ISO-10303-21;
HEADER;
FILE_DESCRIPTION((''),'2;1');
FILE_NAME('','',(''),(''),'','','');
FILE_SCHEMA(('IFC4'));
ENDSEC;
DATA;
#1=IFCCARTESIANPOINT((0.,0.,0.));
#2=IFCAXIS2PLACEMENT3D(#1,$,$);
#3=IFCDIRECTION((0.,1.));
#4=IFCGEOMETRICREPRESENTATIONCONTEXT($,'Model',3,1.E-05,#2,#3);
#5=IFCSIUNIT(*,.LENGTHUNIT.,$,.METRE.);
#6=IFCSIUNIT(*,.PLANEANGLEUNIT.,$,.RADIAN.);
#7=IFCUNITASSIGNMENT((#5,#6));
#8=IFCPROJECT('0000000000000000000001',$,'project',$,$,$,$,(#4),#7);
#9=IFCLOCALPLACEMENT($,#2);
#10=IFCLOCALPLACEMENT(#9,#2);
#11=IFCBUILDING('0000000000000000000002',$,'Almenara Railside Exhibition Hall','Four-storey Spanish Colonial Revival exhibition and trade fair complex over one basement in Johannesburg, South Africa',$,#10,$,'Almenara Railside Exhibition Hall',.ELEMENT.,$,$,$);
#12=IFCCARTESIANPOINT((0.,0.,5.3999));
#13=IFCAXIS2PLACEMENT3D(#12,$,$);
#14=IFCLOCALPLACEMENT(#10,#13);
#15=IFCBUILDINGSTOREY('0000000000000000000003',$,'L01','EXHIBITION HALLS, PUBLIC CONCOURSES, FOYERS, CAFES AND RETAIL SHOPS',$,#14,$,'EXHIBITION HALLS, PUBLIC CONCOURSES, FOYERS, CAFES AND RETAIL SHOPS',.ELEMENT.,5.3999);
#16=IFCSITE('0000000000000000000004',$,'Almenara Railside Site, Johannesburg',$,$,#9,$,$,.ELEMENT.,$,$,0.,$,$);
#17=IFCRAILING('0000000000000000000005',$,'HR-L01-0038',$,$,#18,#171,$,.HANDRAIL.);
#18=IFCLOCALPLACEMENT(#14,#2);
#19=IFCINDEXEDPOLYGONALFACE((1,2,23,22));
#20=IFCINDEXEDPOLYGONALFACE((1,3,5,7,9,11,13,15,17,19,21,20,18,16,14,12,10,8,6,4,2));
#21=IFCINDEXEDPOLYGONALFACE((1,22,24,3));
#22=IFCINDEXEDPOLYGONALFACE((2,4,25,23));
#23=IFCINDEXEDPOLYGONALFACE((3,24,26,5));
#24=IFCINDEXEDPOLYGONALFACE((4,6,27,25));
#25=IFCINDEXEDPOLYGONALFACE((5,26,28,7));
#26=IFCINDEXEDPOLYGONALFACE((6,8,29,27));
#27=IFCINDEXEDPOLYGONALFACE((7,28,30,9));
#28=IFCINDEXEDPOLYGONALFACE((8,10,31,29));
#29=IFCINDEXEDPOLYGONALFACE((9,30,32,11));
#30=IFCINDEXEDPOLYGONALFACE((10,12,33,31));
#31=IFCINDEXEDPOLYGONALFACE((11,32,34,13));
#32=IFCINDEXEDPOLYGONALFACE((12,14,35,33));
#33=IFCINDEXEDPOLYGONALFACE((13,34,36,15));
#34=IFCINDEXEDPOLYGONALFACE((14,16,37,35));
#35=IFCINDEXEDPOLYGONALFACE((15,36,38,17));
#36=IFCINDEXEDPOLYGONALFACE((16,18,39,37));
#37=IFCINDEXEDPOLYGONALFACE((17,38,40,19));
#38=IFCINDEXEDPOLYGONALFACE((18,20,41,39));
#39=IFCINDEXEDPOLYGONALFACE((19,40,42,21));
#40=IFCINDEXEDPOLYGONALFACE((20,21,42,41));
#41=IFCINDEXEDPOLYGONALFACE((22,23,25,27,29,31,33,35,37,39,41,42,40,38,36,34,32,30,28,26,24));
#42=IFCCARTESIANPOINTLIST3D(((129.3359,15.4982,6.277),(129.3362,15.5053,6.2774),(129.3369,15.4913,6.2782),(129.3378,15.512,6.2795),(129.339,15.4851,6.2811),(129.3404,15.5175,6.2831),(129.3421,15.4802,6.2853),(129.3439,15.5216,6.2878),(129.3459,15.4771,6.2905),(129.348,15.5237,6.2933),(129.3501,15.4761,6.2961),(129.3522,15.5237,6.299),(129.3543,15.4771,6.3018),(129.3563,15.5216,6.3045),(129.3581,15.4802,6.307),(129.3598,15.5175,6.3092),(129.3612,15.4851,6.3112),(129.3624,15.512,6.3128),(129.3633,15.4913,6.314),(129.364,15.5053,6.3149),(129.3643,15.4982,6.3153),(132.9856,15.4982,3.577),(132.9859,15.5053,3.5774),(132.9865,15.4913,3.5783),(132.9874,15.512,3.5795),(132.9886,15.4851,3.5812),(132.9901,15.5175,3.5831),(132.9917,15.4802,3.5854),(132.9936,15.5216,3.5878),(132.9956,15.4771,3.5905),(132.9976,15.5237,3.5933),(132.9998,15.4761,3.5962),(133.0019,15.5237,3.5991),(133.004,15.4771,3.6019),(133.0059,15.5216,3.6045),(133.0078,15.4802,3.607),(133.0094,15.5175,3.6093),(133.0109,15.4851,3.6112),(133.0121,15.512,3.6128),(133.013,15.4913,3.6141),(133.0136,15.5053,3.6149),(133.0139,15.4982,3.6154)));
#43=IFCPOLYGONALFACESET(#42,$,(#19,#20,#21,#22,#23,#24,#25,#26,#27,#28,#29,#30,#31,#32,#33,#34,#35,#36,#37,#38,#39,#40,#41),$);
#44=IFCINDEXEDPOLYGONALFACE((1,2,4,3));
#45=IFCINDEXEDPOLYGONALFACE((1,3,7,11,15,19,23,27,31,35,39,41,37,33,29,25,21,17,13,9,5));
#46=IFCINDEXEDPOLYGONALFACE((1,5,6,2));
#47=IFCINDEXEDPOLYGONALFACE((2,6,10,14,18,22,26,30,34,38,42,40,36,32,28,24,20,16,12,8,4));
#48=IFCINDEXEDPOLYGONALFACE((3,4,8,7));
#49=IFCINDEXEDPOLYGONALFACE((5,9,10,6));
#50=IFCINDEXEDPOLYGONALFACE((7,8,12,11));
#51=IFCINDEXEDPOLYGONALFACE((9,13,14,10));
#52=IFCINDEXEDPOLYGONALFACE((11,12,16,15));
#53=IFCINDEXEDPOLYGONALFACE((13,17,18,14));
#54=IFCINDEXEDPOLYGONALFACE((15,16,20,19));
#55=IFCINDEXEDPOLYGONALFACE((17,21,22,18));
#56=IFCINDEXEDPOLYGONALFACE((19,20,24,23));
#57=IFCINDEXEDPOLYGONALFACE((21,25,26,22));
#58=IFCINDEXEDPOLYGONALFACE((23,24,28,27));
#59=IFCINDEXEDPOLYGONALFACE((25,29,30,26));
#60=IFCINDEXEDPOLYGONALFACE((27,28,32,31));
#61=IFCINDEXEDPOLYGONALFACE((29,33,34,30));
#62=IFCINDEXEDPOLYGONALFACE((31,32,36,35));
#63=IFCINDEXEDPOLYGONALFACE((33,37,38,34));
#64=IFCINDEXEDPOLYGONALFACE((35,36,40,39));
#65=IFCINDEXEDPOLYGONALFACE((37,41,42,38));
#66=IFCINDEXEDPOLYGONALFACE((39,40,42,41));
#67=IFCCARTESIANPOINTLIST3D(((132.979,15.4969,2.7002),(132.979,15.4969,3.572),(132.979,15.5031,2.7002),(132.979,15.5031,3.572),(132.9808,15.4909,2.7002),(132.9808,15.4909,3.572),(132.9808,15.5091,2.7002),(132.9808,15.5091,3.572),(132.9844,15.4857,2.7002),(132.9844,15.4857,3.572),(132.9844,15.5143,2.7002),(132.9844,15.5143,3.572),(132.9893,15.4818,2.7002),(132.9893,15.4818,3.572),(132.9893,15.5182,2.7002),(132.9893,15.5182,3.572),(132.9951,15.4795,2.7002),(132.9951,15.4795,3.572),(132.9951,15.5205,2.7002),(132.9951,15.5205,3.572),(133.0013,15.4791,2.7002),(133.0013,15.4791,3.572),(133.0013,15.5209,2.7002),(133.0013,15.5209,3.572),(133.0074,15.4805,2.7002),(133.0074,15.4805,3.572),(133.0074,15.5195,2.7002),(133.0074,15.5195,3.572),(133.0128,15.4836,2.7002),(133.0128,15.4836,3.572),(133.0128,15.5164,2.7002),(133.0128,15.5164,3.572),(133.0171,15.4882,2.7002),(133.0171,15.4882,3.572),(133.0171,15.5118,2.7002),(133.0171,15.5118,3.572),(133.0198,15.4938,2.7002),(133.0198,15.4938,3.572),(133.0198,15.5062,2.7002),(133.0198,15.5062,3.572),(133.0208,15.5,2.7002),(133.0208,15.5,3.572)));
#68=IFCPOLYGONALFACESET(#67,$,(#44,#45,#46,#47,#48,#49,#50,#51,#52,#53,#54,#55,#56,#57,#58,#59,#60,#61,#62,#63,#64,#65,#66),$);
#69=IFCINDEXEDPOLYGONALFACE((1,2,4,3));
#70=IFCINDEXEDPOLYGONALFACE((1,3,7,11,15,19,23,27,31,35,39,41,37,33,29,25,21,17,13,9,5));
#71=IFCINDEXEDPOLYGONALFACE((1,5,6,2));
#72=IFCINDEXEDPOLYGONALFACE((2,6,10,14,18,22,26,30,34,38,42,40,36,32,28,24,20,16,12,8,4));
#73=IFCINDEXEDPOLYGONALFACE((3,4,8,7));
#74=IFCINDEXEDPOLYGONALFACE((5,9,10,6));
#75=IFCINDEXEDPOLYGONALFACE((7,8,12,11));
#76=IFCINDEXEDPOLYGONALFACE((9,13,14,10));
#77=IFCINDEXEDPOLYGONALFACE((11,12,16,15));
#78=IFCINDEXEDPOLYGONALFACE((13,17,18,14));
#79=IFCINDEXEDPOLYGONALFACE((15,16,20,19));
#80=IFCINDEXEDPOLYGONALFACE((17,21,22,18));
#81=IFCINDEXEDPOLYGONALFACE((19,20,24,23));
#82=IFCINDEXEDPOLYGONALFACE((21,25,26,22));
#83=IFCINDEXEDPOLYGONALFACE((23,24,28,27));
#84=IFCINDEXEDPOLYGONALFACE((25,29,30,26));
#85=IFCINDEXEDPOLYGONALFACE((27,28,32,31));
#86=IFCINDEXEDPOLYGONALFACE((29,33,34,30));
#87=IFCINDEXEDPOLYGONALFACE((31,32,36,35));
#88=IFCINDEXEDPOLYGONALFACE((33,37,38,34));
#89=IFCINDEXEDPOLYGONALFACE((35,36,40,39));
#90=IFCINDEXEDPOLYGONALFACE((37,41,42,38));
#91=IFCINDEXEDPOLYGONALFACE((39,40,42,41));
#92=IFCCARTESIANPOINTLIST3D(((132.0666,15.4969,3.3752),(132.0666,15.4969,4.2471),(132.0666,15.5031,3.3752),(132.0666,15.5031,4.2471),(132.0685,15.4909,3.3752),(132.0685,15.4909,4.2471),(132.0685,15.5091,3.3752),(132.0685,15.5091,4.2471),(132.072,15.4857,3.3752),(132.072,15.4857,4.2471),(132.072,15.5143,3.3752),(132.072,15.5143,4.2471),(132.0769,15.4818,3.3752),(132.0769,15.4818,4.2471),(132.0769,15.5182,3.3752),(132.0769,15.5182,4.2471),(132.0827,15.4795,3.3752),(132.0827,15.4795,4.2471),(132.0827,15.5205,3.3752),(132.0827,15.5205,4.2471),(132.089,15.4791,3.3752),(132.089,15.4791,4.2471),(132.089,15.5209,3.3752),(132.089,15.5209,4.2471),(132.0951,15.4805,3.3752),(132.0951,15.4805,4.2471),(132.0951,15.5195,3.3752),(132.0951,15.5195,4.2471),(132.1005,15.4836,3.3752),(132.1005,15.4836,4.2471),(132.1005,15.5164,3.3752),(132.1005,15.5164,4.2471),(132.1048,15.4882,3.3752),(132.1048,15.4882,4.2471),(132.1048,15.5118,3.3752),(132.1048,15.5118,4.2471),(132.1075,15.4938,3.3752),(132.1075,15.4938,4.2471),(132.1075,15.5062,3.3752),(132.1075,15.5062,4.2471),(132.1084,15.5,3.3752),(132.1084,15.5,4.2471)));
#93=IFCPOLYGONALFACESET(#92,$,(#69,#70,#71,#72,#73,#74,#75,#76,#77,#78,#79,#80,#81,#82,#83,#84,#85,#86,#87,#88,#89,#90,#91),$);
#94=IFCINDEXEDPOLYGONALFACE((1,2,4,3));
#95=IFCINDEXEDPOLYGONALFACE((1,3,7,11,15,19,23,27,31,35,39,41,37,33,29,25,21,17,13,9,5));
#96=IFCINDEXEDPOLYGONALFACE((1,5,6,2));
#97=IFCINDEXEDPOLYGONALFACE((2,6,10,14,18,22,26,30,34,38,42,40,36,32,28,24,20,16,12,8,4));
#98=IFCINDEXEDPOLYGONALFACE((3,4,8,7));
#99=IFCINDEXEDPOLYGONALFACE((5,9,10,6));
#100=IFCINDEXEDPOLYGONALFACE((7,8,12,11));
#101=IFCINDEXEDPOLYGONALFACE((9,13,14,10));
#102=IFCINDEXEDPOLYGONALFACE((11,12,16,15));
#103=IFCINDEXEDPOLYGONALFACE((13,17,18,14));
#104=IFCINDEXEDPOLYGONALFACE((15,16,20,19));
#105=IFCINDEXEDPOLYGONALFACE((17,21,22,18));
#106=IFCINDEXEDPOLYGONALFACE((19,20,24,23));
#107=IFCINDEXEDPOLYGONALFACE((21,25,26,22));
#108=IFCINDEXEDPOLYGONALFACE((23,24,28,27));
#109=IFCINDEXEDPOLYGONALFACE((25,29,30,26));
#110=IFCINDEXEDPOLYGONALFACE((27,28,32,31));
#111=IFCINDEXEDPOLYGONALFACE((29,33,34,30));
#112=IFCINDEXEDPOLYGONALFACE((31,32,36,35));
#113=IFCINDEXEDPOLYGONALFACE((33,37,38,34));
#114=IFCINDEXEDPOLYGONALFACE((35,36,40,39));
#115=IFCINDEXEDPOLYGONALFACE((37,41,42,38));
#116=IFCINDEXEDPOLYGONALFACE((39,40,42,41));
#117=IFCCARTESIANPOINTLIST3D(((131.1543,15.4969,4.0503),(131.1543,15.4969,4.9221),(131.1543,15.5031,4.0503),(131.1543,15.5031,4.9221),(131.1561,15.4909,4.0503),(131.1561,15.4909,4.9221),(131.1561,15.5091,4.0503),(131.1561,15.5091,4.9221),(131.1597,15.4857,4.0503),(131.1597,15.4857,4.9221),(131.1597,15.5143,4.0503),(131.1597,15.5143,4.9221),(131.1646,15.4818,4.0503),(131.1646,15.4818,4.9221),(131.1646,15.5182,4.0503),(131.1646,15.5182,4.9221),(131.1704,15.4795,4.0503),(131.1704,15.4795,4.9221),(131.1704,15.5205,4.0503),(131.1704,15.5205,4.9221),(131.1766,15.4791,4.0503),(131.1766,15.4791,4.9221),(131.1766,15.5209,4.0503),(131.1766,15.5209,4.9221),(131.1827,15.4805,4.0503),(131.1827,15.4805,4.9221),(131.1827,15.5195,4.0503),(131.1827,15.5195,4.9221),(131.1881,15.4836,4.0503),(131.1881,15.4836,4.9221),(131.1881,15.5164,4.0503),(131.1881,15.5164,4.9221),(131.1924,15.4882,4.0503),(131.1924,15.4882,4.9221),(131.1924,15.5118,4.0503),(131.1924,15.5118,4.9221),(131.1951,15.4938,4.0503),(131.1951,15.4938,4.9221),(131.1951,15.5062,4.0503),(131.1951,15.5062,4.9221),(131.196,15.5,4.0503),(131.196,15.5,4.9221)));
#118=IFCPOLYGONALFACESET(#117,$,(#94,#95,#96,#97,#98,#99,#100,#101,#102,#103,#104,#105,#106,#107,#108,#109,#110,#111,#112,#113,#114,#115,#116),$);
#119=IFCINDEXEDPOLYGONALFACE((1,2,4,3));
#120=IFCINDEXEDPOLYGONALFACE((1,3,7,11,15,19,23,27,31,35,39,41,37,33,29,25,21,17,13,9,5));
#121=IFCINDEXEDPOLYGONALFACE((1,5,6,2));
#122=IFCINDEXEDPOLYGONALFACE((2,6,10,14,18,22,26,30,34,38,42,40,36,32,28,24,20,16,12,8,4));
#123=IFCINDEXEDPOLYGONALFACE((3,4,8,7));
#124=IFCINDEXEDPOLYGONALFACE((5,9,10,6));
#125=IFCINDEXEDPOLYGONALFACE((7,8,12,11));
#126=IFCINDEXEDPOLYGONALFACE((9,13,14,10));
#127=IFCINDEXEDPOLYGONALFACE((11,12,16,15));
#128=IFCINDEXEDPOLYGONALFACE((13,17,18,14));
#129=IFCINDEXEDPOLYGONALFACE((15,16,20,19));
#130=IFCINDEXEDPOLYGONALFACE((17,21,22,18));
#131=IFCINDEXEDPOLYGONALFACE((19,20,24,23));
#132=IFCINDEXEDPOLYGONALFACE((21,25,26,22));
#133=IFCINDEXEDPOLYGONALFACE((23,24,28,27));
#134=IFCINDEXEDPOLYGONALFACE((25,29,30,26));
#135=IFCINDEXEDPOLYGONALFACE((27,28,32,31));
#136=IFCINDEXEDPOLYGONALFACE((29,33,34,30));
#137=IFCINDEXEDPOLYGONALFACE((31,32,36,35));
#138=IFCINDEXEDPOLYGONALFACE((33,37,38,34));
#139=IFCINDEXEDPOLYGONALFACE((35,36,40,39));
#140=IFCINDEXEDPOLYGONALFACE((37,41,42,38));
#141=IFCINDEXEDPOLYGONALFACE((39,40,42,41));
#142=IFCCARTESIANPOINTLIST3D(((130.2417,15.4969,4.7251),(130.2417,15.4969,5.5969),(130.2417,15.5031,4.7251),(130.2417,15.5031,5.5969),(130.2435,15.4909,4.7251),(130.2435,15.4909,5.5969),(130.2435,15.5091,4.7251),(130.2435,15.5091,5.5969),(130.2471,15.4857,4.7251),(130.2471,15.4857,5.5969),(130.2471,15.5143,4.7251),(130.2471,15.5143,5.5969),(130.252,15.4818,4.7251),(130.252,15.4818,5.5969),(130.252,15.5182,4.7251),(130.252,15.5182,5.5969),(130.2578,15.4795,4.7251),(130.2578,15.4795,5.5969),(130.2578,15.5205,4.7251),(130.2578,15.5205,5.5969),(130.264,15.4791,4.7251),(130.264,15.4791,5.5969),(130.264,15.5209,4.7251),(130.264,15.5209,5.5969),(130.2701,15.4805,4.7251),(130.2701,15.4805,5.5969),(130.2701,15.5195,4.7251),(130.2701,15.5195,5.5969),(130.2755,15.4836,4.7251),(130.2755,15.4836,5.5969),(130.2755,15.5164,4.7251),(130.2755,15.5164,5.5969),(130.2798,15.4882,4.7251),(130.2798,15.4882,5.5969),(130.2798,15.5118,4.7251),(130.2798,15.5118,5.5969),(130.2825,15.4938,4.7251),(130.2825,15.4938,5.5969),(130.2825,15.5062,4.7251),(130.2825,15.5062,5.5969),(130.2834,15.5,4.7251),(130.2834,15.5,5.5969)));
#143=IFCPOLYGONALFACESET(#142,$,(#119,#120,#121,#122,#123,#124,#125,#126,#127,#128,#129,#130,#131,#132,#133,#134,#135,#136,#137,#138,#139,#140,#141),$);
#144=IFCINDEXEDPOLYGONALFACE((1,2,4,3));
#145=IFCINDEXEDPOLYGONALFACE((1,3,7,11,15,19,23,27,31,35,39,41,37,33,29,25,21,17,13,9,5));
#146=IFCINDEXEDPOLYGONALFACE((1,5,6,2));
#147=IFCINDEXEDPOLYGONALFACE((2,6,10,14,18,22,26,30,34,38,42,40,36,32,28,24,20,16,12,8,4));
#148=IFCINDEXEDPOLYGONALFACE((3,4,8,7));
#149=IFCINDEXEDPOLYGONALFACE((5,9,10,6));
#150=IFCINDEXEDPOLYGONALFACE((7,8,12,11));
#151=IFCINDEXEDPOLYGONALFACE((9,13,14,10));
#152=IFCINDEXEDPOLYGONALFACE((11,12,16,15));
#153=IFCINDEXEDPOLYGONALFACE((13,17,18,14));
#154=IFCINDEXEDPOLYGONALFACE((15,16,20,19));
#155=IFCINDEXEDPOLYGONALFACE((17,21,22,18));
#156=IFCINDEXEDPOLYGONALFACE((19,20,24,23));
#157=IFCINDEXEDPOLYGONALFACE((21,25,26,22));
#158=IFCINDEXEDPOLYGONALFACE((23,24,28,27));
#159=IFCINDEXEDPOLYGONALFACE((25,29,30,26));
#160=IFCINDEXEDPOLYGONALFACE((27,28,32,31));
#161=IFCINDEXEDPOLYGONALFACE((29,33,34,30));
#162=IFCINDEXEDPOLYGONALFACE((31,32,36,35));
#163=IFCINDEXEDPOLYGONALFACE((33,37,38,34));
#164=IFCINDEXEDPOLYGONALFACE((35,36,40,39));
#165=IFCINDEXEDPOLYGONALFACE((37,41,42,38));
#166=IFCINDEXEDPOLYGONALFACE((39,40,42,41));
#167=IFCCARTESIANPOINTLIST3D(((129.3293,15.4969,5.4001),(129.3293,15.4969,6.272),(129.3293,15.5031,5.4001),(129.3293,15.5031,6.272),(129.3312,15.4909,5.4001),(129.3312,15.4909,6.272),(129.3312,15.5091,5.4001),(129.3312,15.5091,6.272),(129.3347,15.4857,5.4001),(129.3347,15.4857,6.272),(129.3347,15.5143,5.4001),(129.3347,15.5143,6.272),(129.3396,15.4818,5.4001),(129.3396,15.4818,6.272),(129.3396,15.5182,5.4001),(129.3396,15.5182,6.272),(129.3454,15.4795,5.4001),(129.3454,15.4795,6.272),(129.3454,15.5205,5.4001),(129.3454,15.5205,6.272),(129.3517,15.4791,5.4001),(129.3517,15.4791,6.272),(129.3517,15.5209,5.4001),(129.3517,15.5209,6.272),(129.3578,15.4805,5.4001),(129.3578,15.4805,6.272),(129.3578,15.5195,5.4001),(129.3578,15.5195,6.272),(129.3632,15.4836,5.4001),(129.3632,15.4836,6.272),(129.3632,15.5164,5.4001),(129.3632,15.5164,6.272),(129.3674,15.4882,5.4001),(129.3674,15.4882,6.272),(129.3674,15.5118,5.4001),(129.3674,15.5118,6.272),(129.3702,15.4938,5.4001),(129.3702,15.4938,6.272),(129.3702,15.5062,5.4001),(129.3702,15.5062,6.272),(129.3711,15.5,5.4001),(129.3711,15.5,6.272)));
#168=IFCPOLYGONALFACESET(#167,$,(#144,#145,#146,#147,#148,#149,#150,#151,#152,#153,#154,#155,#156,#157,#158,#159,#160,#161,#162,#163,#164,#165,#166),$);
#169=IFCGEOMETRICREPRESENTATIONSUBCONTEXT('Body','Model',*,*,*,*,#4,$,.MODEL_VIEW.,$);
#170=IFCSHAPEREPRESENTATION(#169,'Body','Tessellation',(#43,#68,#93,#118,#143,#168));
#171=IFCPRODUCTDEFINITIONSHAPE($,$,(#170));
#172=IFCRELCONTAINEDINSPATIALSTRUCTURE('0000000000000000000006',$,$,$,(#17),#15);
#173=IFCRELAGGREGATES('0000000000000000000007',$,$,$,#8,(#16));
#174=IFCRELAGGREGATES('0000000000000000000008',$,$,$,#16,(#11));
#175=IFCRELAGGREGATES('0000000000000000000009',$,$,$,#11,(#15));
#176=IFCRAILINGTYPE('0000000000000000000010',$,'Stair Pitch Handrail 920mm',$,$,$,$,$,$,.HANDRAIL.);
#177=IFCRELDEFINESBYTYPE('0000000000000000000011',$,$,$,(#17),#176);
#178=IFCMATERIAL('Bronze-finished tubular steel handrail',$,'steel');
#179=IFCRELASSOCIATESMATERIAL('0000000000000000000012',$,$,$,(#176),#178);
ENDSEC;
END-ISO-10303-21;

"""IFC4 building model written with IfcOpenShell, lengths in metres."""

from ifc_helpers import new_model, si_unit, direction, frame, origin, origin_2d, place, context, subcontext, project, spatial, circle, extrude, material, type_object, element, save


model = new_model("IFC4")

# Units and contexts
model_context = context("Model", 3, precision=1e-05, world=origin(), true_north=direction((0.0, 1.0)))
body_context = subcontext(model_context, "Body", "Model", "MODEL_VIEW")
ifc_project = project(units=[si_unit("LENGTHUNIT", "METRE"), si_unit("PLANEANGLEUNIT", "RADIAN")], contexts=[model_context])

# Site, building, storey
site_placement = place(None, origin())
site = spatial("IfcSite", under=ifc_project, at=site_placement, Name="Almenara Railside Site, Johannesburg", CompositionType="ELEMENT", RefElevation=0.0)
building_placement = place(site_placement, origin())
building = spatial("IfcBuilding", under=site, at=building_placement, Name="Almenara Railside Exhibition Hall", Description="Four-storey Spanish Colonial Revival exhibition and trade fair complex over one basement in Johannesburg, South Africa", LongName="Almenara Railside Exhibition Hall", CompositionType="ELEMENT")
storey_placement = place(building_placement, frame((0.0, 0.0, 5.3999)))
storey = spatial("IfcBuildingStorey", under=building, at=storey_placement, Name="L01", Description="EXHIBITION HALLS, PUBLIC CONCOURSES, FOYERS, CAFES AND RETAIL SHOPS", LongName="EXHIBITION HALLS, PUBLIC CONCOURSES, FOYERS, CAFES AND RETAIL SHOPS", CompositionType="ELEMENT", Elevation=5.3999)

# Railing
ifc_material_1 = material(Name="Bronze-finished tubular steel handrail", Category="steel")
railing_type_1 = type_object("IfcRailingType", Name="Stair Pitch Handrail 920mm", PredefinedType="HANDRAIL", material=ifc_material_1)
railing_1_placement = place(storey_placement, frame((132.9998, 15.5, 2.7002)))
element("IfcRailing", 1, at=railing_1_placement, inside=storey, type_object=railing_type_1, Name="HR-L01-0038", PredefinedType="HANDRAIL", context=body_context, shape_type="SweptSolid", body=[
    extrude(circle(Radius=0.0239, at=origin_2d()), frame((0.0, 0.0, 0.896), z_axis=(-0.803926, 0.0, 0.59473), x_axis=(0.0, -1.0, 0.0)), (0.0, 0.0, 1.0), 4.5398),
    extrude(circle(Radius=0.021, at=origin_2d()), origin(), (0.0, 0.0, 1.0), 0.8718),
    extrude(circle(Radius=0.021, at=origin_2d()), frame((-0.9124, 0.0, 0.675)), (0.0, 0.0, 1.0), 0.8718),
    extrude(circle(Radius=0.021, at=origin_2d()), frame((-1.8247, 0.0, 1.3501)), (0.0, 0.0, 1.0), 0.8718),
    extrude(circle(Radius=0.021, at=origin_2d()), frame((-2.7373, 0.0, 2.0249)), (0.0, 0.0, 1.0), 0.8718),
    extrude(circle(Radius=0.021, at=origin_2d()), frame((-3.6497, 0.0, 2.7)), (0.0, 0.0, 1.0), 0.8718),
])

save(model, "model.ifc")
